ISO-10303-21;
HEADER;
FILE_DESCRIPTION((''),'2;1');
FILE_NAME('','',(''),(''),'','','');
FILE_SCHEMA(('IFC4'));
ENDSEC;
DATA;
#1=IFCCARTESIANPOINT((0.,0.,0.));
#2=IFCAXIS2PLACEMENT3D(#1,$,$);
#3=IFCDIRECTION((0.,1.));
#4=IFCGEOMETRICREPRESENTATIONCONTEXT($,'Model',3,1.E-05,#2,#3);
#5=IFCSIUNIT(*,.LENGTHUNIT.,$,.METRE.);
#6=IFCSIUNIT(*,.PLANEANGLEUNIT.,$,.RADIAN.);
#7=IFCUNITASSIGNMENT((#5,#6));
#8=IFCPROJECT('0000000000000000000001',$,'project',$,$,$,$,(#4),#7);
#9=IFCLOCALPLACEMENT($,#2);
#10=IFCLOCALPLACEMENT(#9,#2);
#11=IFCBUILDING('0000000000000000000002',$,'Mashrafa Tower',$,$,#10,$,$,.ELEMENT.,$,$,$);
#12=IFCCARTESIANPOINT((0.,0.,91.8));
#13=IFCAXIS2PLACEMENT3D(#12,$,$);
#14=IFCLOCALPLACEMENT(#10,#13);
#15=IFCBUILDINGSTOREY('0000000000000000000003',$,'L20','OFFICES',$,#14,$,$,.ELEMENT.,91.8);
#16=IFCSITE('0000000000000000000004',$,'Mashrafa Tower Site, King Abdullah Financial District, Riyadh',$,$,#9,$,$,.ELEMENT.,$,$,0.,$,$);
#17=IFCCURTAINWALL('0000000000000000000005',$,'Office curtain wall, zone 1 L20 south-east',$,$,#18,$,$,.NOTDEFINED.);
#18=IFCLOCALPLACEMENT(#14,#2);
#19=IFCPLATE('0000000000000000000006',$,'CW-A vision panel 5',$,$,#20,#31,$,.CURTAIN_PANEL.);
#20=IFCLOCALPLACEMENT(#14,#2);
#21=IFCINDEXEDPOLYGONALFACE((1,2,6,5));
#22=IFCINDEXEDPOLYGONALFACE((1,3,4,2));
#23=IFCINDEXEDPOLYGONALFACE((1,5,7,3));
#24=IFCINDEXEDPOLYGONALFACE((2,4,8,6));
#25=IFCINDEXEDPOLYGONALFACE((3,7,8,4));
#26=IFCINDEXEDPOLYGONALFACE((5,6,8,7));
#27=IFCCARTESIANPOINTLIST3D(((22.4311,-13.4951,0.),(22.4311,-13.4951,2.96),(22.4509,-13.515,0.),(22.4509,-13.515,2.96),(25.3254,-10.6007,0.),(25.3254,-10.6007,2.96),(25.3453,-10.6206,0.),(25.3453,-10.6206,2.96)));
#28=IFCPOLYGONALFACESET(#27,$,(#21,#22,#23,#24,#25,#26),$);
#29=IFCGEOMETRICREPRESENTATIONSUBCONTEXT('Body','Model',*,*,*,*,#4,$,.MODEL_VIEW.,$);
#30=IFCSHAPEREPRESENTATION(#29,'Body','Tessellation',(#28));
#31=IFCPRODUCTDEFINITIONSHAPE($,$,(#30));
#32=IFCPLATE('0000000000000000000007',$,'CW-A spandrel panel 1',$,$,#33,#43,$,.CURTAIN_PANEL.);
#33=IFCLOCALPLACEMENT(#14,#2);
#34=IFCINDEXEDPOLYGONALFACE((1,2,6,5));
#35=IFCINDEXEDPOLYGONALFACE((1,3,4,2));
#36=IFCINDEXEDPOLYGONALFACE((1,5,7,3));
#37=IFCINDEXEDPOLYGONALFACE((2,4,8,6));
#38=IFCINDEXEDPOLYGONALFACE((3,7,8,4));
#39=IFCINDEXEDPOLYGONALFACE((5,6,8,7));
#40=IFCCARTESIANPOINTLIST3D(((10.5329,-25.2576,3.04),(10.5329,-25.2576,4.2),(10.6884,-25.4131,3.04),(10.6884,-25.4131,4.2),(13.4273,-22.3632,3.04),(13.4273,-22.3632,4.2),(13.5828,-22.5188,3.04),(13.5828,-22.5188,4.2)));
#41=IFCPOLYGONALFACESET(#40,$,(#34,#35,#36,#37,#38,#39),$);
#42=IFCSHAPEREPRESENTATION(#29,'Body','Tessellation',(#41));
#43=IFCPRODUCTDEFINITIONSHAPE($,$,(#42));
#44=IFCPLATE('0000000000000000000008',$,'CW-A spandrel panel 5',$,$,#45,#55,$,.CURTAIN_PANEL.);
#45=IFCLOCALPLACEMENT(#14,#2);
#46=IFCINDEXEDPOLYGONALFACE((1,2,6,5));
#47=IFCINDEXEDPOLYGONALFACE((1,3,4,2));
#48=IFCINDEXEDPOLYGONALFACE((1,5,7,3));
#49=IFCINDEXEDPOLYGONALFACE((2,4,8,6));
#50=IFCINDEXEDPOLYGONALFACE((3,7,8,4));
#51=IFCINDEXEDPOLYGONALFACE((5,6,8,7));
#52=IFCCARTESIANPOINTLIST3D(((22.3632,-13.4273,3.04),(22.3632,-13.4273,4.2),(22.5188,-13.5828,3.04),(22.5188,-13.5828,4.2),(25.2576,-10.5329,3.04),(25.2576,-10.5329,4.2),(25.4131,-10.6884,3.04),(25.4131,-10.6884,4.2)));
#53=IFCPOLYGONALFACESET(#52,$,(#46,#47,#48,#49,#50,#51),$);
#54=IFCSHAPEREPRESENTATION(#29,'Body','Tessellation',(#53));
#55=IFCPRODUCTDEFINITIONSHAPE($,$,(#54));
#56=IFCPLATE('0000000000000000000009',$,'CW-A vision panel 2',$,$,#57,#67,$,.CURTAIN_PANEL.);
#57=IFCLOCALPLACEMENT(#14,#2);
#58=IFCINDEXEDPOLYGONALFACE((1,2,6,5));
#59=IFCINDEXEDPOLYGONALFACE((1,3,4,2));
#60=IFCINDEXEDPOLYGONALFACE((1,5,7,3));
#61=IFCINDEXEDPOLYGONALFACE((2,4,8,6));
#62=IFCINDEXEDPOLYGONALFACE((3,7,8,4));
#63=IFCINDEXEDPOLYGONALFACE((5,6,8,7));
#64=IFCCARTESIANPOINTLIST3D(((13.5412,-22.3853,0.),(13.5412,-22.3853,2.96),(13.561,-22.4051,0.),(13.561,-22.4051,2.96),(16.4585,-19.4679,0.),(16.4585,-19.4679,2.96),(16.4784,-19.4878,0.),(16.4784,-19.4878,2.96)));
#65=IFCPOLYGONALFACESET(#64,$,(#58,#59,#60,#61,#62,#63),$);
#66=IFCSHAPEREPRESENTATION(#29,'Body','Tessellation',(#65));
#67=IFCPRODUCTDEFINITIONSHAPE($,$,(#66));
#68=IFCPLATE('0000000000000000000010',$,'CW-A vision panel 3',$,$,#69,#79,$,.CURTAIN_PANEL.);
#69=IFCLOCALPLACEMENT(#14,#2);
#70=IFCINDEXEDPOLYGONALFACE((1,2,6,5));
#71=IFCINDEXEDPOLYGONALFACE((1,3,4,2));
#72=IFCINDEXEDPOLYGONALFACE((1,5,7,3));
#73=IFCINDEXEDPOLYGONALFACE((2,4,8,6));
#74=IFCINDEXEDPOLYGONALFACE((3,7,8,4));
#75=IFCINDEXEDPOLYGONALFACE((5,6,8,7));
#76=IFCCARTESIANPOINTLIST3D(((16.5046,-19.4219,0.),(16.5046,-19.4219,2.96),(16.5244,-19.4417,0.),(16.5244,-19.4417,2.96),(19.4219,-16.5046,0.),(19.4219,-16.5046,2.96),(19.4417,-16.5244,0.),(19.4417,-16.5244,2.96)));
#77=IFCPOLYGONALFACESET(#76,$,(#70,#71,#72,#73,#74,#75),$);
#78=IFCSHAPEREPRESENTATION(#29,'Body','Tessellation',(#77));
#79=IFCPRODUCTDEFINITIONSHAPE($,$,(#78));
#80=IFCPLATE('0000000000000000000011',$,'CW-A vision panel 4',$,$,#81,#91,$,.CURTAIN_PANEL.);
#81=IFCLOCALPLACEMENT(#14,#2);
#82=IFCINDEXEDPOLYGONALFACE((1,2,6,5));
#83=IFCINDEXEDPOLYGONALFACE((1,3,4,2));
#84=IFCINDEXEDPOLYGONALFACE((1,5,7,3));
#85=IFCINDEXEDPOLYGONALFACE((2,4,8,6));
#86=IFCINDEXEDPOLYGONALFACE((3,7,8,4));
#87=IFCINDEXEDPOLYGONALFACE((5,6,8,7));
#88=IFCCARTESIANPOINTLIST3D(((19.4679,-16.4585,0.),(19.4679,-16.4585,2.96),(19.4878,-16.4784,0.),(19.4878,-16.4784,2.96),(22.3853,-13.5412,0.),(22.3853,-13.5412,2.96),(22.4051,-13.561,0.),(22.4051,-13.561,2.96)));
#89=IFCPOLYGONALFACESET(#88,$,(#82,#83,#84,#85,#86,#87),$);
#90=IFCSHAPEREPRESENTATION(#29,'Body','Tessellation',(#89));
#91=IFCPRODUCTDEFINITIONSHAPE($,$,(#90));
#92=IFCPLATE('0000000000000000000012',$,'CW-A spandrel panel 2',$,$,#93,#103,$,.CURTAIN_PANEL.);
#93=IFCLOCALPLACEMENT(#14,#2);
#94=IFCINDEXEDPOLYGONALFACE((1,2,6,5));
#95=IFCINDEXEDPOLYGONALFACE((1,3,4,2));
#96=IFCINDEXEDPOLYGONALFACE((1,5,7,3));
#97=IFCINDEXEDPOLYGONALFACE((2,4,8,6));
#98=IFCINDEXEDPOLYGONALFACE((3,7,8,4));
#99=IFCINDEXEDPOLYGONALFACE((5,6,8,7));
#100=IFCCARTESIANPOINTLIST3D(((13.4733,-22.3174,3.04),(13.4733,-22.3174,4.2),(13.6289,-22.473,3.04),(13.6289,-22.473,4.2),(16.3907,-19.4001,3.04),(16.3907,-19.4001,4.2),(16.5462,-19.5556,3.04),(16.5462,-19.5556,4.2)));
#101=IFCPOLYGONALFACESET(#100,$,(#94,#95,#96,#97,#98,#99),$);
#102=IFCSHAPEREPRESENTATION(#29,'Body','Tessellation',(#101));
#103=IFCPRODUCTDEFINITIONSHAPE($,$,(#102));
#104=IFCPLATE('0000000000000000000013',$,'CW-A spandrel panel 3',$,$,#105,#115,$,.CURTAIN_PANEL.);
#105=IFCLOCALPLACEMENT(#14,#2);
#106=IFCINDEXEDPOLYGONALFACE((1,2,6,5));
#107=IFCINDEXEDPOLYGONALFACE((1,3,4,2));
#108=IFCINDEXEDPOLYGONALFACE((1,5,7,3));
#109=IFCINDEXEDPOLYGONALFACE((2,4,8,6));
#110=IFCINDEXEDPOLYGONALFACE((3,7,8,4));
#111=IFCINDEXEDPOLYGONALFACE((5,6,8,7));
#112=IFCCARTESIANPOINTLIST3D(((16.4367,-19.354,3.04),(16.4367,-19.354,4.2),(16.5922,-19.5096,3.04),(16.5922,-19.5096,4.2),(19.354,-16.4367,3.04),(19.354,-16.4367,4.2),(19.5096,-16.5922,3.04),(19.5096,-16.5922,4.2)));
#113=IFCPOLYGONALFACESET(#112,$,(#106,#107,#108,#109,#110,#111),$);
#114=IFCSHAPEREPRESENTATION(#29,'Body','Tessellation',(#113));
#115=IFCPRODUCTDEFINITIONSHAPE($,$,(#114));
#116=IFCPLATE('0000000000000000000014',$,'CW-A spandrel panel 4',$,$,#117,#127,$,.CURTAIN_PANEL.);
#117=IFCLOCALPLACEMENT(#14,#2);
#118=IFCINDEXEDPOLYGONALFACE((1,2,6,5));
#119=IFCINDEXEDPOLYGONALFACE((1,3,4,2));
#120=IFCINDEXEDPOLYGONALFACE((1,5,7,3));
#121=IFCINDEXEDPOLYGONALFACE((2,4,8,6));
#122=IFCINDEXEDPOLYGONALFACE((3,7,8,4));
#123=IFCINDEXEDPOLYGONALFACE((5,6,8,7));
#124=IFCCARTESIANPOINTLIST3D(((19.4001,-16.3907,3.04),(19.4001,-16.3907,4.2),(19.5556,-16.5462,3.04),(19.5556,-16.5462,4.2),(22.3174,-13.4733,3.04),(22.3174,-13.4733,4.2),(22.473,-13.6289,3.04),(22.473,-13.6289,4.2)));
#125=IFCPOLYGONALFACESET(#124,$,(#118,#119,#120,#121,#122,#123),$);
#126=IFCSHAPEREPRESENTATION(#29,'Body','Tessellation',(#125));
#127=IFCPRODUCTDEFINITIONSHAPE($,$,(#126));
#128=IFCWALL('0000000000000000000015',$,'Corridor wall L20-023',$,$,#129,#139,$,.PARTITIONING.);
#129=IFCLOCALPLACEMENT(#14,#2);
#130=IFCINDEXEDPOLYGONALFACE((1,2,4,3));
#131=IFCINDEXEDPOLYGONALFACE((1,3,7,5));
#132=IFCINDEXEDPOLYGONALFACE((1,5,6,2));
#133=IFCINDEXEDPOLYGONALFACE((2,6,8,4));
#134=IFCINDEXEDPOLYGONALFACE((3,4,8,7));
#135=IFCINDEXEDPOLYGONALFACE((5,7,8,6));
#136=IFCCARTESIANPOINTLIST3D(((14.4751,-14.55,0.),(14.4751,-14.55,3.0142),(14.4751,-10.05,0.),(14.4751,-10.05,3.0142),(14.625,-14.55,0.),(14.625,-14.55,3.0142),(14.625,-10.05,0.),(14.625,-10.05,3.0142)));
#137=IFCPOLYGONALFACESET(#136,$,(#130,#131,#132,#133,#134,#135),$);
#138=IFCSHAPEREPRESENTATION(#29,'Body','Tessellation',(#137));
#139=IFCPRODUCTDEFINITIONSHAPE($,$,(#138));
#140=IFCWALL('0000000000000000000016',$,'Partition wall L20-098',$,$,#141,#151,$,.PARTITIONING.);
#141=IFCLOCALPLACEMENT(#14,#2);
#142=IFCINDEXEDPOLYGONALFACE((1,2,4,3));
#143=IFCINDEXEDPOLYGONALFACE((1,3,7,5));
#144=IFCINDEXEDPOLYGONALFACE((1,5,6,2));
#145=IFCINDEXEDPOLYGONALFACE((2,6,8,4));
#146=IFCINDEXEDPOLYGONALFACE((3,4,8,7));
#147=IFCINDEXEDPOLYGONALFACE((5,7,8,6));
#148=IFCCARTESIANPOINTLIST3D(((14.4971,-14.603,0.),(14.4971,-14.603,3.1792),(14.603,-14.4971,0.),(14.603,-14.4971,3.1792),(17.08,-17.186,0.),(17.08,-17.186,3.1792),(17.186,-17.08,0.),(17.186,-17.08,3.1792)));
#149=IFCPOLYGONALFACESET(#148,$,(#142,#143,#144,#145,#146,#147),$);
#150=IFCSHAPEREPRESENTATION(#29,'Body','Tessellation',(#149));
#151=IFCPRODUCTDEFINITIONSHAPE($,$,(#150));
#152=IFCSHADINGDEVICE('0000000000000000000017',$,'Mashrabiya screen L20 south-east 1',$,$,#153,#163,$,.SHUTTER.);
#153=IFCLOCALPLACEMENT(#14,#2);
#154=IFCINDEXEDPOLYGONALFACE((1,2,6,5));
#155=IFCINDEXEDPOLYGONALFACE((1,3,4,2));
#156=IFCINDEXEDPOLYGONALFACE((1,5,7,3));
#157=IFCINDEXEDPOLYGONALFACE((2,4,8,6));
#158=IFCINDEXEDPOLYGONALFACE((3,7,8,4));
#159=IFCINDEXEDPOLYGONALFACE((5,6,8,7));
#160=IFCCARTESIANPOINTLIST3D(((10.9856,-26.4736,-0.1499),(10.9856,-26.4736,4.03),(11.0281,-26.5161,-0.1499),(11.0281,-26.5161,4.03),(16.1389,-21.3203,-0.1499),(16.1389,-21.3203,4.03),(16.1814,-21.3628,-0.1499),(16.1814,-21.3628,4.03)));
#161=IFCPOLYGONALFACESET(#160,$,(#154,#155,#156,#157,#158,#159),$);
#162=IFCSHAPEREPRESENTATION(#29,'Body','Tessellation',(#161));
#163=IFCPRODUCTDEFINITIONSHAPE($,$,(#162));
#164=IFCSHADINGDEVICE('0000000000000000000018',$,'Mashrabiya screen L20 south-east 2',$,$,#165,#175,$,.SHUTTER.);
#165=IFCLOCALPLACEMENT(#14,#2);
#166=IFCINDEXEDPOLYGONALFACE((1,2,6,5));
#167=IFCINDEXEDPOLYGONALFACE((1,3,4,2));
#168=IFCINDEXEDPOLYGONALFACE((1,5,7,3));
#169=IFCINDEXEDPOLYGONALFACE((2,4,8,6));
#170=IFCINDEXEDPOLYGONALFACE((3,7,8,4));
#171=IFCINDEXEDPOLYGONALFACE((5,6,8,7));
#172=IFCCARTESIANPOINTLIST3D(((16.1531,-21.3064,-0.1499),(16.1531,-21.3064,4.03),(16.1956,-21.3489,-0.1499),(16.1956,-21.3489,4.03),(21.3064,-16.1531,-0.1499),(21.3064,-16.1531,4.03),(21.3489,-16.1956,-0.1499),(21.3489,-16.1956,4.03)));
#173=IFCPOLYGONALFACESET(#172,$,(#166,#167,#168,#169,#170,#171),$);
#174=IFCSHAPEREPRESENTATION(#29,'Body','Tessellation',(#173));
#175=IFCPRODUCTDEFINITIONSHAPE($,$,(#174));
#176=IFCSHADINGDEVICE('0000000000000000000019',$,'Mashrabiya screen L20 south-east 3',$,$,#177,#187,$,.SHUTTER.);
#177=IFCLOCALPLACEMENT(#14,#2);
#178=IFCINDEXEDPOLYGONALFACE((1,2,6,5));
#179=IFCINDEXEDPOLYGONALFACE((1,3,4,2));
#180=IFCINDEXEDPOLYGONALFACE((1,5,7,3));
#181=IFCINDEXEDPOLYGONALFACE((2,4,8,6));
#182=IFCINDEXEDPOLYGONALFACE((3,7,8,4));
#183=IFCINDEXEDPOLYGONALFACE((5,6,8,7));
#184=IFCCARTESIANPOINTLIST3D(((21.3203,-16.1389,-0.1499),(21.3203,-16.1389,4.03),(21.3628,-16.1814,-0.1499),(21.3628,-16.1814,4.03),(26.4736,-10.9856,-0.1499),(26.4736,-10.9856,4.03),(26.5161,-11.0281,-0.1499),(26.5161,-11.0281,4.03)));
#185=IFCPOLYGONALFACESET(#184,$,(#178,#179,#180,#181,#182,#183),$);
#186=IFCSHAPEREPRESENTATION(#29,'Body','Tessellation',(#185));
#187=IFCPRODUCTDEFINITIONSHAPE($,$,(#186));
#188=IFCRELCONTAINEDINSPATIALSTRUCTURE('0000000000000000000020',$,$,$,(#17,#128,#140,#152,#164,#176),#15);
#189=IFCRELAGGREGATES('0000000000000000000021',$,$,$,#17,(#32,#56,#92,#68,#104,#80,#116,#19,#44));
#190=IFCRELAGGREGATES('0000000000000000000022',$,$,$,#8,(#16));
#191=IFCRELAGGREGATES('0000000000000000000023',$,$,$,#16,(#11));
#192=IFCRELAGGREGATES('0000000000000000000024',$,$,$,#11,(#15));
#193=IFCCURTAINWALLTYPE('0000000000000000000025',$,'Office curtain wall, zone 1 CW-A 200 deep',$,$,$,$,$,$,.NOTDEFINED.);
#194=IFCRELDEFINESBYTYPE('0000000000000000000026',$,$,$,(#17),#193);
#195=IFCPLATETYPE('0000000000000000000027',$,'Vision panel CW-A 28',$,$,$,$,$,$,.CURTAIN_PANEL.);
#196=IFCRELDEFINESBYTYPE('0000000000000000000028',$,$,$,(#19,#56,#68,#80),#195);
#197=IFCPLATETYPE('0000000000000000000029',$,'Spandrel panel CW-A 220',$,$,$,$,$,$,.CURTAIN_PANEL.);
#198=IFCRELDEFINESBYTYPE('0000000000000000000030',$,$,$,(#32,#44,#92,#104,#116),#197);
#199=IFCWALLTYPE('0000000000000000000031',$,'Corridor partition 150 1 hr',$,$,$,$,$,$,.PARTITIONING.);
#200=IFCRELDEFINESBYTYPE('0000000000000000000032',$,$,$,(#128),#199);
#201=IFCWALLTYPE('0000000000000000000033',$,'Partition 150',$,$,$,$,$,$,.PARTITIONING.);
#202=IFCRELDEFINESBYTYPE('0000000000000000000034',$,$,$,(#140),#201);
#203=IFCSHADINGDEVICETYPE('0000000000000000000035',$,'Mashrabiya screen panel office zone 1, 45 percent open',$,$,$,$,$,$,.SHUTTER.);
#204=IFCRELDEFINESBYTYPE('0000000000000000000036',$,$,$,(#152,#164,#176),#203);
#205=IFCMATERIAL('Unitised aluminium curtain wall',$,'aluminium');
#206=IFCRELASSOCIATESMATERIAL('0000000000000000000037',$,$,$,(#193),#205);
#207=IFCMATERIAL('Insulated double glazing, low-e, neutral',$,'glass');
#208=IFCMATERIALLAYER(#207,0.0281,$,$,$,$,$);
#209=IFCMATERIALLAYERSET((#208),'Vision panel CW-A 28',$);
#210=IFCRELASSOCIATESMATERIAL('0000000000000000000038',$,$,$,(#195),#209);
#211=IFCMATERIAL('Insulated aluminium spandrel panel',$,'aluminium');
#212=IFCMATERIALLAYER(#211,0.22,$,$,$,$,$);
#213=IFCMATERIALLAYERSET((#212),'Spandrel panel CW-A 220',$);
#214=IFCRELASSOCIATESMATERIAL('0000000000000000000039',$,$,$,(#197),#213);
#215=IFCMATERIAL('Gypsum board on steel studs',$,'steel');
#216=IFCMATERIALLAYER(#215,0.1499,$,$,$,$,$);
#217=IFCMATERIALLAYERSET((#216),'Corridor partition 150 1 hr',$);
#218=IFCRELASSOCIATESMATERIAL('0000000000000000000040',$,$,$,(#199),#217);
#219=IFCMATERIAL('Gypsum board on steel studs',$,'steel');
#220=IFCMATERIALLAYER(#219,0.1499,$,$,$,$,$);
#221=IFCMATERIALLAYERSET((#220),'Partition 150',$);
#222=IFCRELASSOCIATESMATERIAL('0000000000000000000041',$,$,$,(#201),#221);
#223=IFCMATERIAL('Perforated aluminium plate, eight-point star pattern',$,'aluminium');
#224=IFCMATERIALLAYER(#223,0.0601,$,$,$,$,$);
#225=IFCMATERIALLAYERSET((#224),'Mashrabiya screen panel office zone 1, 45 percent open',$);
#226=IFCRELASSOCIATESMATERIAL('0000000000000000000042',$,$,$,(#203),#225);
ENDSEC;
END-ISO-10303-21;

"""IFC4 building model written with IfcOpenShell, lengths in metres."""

from ifc_helpers import new_model, si_unit, direction, frame, frame_2d, origin, origin_2d, place, context, subcontext, project, spatial, rectangle, extrude, source, transform, mapped, material, layer, layer_set, type_object, type_shapes, element, aggregate, save


model = new_model("IFC4")

# Units and contexts
model_context = context("Model", 3, precision=1e-05, world=origin(), true_north=direction((0.0, 1.0)))
body_context = subcontext(model_context, "Body", "Model", "MODEL_VIEW")
ifc_project = project(units=[si_unit("LENGTHUNIT", "METRE"), si_unit("PLANEANGLEUNIT", "RADIAN")], contexts=[model_context])

# Site, building, storey
site_placement = place(None, origin())
site = spatial("IfcSite", under=ifc_project, at=site_placement, Name="Mashrafa Tower Site, King Abdullah Financial District, Riyadh", CompositionType="ELEMENT", RefElevation=0.0)
building_placement = place(site_placement, origin())
building = spatial("IfcBuilding", under=site, at=building_placement, Name="Mashrafa Tower", CompositionType="ELEMENT")
storey_placement = place(building_placement, frame((0.0, 0.0, 91.8)))
storey = spatial("IfcBuildingStorey", under=building, at=storey_placement, Name="L20", Description="OFFICES", CompositionType="ELEMENT", Elevation=91.8)

# Curtain wall, plates
ifc_material_1 = material(Name="Unitised aluminium curtain wall", Category="aluminium")
curtain_wall_type = type_object("IfcCurtainWallType", Name="Office curtain wall, zone 1 CW-A 200 deep", PredefinedType="NOTDEFINED", material=ifc_material_1)
curtain_wall_placement = place(storey_placement, origin())
curtain_wall = element("IfcCurtainWall", 1, at=curtain_wall_placement, inside=storey, type_object=curtain_wall_type, Name="Office curtain wall, zone 1 L20 south-east", PredefinedType="NOTDEFINED")
ifc_material_2 = material(Name="Insulated double glazing, low-e, neutral", Category="glass")
ifc_layer_1 = layer(ifc_material_2, 0.0281)
ifc_layer_set_1 = layer_set([ifc_layer_1], Name="Vision panel CW-A 28")
plate_type_1 = type_object("IfcPlateType", Name="Vision panel CW-A 28", PredefinedType="CURTAIN_PANEL", material=ifc_layer_set_1)
shared_shape_1 = source(origin(), body_context, "Body", "SweptSolid", [
    extrude(rectangle(XDim=4.0933, YDim=0.0281, at=origin_2d()), origin(), (0.0, 0.0, 1.0), 2.96),
])
plate_1_placement = place(storey_placement, frame((23.8882, -12.0579, 0.0), z_axis=(0.0, 0.0, 1.0), x_axis=(0.707107, 0.707107, 0.0)))
plate_1 = element("IfcPlate", 2, at=plate_1_placement, type_object=plate_type_1, Name="CW-A vision panel 5", PredefinedType="CURTAIN_PANEL", context=body_context, shape_type="MappedRepresentation", body=[
    mapped(shared_shape_1, transform((0.0, 0.0, 0.0))),
])
ifc_material_3 = material(Name="Insulated aluminium spandrel panel", Category="aluminium")
ifc_layer_2 = layer(ifc_material_3, 0.22)
ifc_layer_set_2 = layer_set([ifc_layer_2], Name="Spandrel panel CW-A 220")
plate_type_2 = type_object("IfcPlateType", Name="Spandrel panel CW-A 220", PredefinedType="CURTAIN_PANEL", material=ifc_layer_set_2)
shared_shape_2 = source(origin(), body_context, "Body", "SweptSolid", [
    extrude(rectangle(XDim=4.0933, YDim=0.22, at=origin_2d()), origin(), (0.0, 0.0, 1.0), 1.1599),
])
plate_2_placement = place(storey_placement, frame((12.0579, -23.8882, 3.04), z_axis=(0.0, 0.0, 1.0), x_axis=(0.707107, 0.707107, 0.0)))
plate_2 = element("IfcPlate", 3, at=plate_2_placement, type_object=plate_type_2, Name="CW-A spandrel panel 1", PredefinedType="CURTAIN_PANEL", context=body_context, shape_type="MappedRepresentation", body=[
    mapped(shared_shape_2, transform((0.0, 0.0, 0.0))),
])
plate_3_placement = place(storey_placement, frame((23.8882, -12.0579, 3.04), z_axis=(0.0, 0.0, 1.0), x_axis=(0.707107, 0.707107, 0.0)))
plate_3 = element("IfcPlate", 4, at=plate_3_placement, type_object=plate_type_2, Name="CW-A spandrel panel 5", PredefinedType="CURTAIN_PANEL", context=body_context, shape_type="MappedRepresentation", body=[
    mapped(shared_shape_2, transform((0.0, 0.0, 0.0))),
])
shared_shape_3 = source(origin(), body_context, "Body", "SweptSolid", [
    extrude(rectangle(XDim=4.1257, YDim=0.0281, at=origin_2d()), origin(), (0.0, 0.0, 1.0), 2.96),
])
type_shapes(plate_type_1, [shared_shape_1, shared_shape_3])
plate_4_placement = place(storey_placement, frame((15.0098, -20.9365, 0.0), z_axis=(0.0, 0.0, 1.0), x_axis=(0.707107, 0.707107, 0.0)))
plate_4 = element("IfcPlate", 5, at=plate_4_placement, type_object=plate_type_1, Name="CW-A vision panel 2", PredefinedType="CURTAIN_PANEL", context=body_context, shape_type="MappedRepresentation", body=[
    mapped(shared_shape_3, transform((0.0, 0.0, 0.0))),
])
plate_5_placement = place(storey_placement, frame((17.9731, -17.9731, 0.0), z_axis=(0.0, 0.0, 1.0), x_axis=(0.707107, 0.707107, 0.0)))
plate_5 = element("IfcPlate", 6, at=plate_5_placement, type_object=plate_type_1, Name="CW-A vision panel 3", PredefinedType="CURTAIN_PANEL", context=body_context, shape_type="MappedRepresentation", body=[
    mapped(shared_shape_3, transform((0.0, 0.0, 0.0))),
])
plate_6_placement = place(storey_placement, frame((20.9365, -15.0098, 0.0), z_axis=(0.0, 0.0, 1.0), x_axis=(0.707107, 0.707107, 0.0)))
plate_6 = element("IfcPlate", 7, at=plate_6_placement, type_object=plate_type_1, Name="CW-A vision panel 4", PredefinedType="CURTAIN_PANEL", context=body_context, shape_type="MappedRepresentation", body=[
    mapped(shared_shape_3, transform((0.0, 0.0, 0.0))),
])
shared_shape_4 = source(origin(), body_context, "Body", "SweptSolid", [
    extrude(rectangle(XDim=4.1257, YDim=0.22, at=origin_2d()), origin(), (0.0, 0.0, 1.0), 1.1599),
])
type_shapes(plate_type_2, [shared_shape_2, shared_shape_4])
plate_7_placement = place(storey_placement, frame((15.0098, -20.9365, 3.04), z_axis=(0.0, 0.0, 1.0), x_axis=(0.707107, 0.707107, 0.0)))
plate_7 = element("IfcPlate", 8, at=plate_7_placement, type_object=plate_type_2, Name="CW-A spandrel panel 2", PredefinedType="CURTAIN_PANEL", context=body_context, shape_type="MappedRepresentation", body=[
    mapped(shared_shape_4, transform((0.0, 0.0, 0.0))),
])
plate_8_placement = place(storey_placement, frame((17.9731, -17.9731, 3.04), z_axis=(0.0, 0.0, 1.0), x_axis=(0.707107, 0.707107, 0.0)))
plate_8 = element("IfcPlate", 9, at=plate_8_placement, type_object=plate_type_2, Name="CW-A spandrel panel 3", PredefinedType="CURTAIN_PANEL", context=body_context, shape_type="MappedRepresentation", body=[
    mapped(shared_shape_4, transform((0.0, 0.0, 0.0))),
])
plate_9_placement = place(storey_placement, frame((20.9365, -15.0098, 3.04), z_axis=(0.0, 0.0, 1.0), x_axis=(0.707107, 0.707107, 0.0)))
plate_9 = element("IfcPlate", 10, at=plate_9_placement, type_object=plate_type_2, Name="CW-A spandrel panel 4", PredefinedType="CURTAIN_PANEL", context=body_context, shape_type="MappedRepresentation", body=[
    mapped(shared_shape_4, transform((0.0, 0.0, 0.0))),
])
aggregate(curtain_wall, [plate_2, plate_4, plate_7, plate_5, plate_8, plate_6, plate_9, plate_1, plate_3])

# Walls
ifc_material_4 = material(Name="Gypsum board on steel studs", Category="steel")
ifc_layer_3 = layer(ifc_material_4, 0.1499)
ifc_layer_set_3 = layer_set([ifc_layer_3], Name="Corridor partition 150 1 hr")
wall_type_1 = type_object("IfcWallType", Name="Corridor partition 150 1 hr", PredefinedType="PARTITIONING", material=ifc_layer_set_3)
wall_1_placement = place(storey_placement, frame((14.55, -14.55, 0.0), z_axis=(0.0, 0.0, 1.0), x_axis=(0.0, 1.0, 0.0)))
element("IfcWall", 11, at=wall_1_placement, inside=storey, type_object=wall_type_1, Name="Corridor wall L20-023", PredefinedType="PARTITIONING", context=body_context, shape_type="SweptSolid", body=[
    extrude(rectangle(XDim=4.5, YDim=0.1499, at=frame_2d((2.25, 0.0))), origin(), (0.0, 0.0, 1.0), 3.0142),
])
ifc_material_5 = material(Name="Gypsum board on steel studs", Category="steel")
ifc_layer_4 = layer(ifc_material_5, 0.1499)
ifc_layer_set_4 = layer_set([ifc_layer_4], Name="Partition 150")
wall_type_2 = type_object("IfcWallType", Name="Partition 150", PredefinedType="PARTITIONING", material=ifc_layer_set_4)
wall_2_placement = place(storey_placement, frame((14.55, -14.55, 0.0), z_axis=(0.0, 0.0, 1.0), x_axis=(0.707107, -0.707107, 0.0)))
element("IfcWall", 12, at=wall_2_placement, inside=storey, type_object=wall_type_2, Name="Partition wall L20-098", PredefinedType="PARTITIONING", context=body_context, shape_type="SweptSolid", body=[
    extrude(rectangle(XDim=3.6528, YDim=0.1499, at=frame_2d((1.8264, 0.0))), origin(), (0.0, 0.0, 1.0), 3.1792),
])

# Shading devices
ifc_material_6 = material(Name="Perforated aluminium plate, eight-point star pattern", Category="aluminium")
ifc_layer_5 = layer(ifc_material_6, 0.0601)
ifc_layer_set_5 = layer_set([ifc_layer_5], Name="Mashrabiya screen panel office zone 1, 45 percent open")
shading_device_type = type_object("IfcShadingDeviceType", Name="Mashrabiya screen panel office zone 1, 45 percent open", PredefinedType="SHUTTER", material=ifc_layer_set_5)
shared_shape_5 = source(origin(), body_context, "Body", "SweptSolid", [
    extrude(rectangle(XDim=7.2878, YDim=0.0601, at=origin_2d()), origin(), (0.0, 0.0, 1.0), 4.1799),
])
type_shapes(shading_device_type, [shared_shape_5])
for number, where, z_axis, x_axis, name in (
    (13, (13.5835, -23.9182, -0.1499), (0.0, 0.0, 1.0), (0.707107, 0.707107, 0.0), "Mashrabiya screen L20 south-east 1"),
    (14, (18.751, -18.751, -0.1499), (0.0, 0.0, 1.0), (0.707107, 0.707107, 0.0), "Mashrabiya screen L20 south-east 2"),
    (15, (23.9182, -13.5835, -0.1499), (0.0, 0.0, 1.0), (0.707107, 0.707107, 0.0), "Mashrabiya screen L20 south-east 3"),
):
    element("IfcShadingDevice", number, at=place(storey_placement, frame(where, z_axis=z_axis, x_axis=x_axis)), inside=storey, type_object=shading_device_type, Name=name, PredefinedType="SHUTTER", context=body_context, shape_type="MappedRepresentation", body=[
        mapped(shared_shape_5, transform((0.0, 0.0, 0.0))),
    ])

save(model, "model.ifc")
